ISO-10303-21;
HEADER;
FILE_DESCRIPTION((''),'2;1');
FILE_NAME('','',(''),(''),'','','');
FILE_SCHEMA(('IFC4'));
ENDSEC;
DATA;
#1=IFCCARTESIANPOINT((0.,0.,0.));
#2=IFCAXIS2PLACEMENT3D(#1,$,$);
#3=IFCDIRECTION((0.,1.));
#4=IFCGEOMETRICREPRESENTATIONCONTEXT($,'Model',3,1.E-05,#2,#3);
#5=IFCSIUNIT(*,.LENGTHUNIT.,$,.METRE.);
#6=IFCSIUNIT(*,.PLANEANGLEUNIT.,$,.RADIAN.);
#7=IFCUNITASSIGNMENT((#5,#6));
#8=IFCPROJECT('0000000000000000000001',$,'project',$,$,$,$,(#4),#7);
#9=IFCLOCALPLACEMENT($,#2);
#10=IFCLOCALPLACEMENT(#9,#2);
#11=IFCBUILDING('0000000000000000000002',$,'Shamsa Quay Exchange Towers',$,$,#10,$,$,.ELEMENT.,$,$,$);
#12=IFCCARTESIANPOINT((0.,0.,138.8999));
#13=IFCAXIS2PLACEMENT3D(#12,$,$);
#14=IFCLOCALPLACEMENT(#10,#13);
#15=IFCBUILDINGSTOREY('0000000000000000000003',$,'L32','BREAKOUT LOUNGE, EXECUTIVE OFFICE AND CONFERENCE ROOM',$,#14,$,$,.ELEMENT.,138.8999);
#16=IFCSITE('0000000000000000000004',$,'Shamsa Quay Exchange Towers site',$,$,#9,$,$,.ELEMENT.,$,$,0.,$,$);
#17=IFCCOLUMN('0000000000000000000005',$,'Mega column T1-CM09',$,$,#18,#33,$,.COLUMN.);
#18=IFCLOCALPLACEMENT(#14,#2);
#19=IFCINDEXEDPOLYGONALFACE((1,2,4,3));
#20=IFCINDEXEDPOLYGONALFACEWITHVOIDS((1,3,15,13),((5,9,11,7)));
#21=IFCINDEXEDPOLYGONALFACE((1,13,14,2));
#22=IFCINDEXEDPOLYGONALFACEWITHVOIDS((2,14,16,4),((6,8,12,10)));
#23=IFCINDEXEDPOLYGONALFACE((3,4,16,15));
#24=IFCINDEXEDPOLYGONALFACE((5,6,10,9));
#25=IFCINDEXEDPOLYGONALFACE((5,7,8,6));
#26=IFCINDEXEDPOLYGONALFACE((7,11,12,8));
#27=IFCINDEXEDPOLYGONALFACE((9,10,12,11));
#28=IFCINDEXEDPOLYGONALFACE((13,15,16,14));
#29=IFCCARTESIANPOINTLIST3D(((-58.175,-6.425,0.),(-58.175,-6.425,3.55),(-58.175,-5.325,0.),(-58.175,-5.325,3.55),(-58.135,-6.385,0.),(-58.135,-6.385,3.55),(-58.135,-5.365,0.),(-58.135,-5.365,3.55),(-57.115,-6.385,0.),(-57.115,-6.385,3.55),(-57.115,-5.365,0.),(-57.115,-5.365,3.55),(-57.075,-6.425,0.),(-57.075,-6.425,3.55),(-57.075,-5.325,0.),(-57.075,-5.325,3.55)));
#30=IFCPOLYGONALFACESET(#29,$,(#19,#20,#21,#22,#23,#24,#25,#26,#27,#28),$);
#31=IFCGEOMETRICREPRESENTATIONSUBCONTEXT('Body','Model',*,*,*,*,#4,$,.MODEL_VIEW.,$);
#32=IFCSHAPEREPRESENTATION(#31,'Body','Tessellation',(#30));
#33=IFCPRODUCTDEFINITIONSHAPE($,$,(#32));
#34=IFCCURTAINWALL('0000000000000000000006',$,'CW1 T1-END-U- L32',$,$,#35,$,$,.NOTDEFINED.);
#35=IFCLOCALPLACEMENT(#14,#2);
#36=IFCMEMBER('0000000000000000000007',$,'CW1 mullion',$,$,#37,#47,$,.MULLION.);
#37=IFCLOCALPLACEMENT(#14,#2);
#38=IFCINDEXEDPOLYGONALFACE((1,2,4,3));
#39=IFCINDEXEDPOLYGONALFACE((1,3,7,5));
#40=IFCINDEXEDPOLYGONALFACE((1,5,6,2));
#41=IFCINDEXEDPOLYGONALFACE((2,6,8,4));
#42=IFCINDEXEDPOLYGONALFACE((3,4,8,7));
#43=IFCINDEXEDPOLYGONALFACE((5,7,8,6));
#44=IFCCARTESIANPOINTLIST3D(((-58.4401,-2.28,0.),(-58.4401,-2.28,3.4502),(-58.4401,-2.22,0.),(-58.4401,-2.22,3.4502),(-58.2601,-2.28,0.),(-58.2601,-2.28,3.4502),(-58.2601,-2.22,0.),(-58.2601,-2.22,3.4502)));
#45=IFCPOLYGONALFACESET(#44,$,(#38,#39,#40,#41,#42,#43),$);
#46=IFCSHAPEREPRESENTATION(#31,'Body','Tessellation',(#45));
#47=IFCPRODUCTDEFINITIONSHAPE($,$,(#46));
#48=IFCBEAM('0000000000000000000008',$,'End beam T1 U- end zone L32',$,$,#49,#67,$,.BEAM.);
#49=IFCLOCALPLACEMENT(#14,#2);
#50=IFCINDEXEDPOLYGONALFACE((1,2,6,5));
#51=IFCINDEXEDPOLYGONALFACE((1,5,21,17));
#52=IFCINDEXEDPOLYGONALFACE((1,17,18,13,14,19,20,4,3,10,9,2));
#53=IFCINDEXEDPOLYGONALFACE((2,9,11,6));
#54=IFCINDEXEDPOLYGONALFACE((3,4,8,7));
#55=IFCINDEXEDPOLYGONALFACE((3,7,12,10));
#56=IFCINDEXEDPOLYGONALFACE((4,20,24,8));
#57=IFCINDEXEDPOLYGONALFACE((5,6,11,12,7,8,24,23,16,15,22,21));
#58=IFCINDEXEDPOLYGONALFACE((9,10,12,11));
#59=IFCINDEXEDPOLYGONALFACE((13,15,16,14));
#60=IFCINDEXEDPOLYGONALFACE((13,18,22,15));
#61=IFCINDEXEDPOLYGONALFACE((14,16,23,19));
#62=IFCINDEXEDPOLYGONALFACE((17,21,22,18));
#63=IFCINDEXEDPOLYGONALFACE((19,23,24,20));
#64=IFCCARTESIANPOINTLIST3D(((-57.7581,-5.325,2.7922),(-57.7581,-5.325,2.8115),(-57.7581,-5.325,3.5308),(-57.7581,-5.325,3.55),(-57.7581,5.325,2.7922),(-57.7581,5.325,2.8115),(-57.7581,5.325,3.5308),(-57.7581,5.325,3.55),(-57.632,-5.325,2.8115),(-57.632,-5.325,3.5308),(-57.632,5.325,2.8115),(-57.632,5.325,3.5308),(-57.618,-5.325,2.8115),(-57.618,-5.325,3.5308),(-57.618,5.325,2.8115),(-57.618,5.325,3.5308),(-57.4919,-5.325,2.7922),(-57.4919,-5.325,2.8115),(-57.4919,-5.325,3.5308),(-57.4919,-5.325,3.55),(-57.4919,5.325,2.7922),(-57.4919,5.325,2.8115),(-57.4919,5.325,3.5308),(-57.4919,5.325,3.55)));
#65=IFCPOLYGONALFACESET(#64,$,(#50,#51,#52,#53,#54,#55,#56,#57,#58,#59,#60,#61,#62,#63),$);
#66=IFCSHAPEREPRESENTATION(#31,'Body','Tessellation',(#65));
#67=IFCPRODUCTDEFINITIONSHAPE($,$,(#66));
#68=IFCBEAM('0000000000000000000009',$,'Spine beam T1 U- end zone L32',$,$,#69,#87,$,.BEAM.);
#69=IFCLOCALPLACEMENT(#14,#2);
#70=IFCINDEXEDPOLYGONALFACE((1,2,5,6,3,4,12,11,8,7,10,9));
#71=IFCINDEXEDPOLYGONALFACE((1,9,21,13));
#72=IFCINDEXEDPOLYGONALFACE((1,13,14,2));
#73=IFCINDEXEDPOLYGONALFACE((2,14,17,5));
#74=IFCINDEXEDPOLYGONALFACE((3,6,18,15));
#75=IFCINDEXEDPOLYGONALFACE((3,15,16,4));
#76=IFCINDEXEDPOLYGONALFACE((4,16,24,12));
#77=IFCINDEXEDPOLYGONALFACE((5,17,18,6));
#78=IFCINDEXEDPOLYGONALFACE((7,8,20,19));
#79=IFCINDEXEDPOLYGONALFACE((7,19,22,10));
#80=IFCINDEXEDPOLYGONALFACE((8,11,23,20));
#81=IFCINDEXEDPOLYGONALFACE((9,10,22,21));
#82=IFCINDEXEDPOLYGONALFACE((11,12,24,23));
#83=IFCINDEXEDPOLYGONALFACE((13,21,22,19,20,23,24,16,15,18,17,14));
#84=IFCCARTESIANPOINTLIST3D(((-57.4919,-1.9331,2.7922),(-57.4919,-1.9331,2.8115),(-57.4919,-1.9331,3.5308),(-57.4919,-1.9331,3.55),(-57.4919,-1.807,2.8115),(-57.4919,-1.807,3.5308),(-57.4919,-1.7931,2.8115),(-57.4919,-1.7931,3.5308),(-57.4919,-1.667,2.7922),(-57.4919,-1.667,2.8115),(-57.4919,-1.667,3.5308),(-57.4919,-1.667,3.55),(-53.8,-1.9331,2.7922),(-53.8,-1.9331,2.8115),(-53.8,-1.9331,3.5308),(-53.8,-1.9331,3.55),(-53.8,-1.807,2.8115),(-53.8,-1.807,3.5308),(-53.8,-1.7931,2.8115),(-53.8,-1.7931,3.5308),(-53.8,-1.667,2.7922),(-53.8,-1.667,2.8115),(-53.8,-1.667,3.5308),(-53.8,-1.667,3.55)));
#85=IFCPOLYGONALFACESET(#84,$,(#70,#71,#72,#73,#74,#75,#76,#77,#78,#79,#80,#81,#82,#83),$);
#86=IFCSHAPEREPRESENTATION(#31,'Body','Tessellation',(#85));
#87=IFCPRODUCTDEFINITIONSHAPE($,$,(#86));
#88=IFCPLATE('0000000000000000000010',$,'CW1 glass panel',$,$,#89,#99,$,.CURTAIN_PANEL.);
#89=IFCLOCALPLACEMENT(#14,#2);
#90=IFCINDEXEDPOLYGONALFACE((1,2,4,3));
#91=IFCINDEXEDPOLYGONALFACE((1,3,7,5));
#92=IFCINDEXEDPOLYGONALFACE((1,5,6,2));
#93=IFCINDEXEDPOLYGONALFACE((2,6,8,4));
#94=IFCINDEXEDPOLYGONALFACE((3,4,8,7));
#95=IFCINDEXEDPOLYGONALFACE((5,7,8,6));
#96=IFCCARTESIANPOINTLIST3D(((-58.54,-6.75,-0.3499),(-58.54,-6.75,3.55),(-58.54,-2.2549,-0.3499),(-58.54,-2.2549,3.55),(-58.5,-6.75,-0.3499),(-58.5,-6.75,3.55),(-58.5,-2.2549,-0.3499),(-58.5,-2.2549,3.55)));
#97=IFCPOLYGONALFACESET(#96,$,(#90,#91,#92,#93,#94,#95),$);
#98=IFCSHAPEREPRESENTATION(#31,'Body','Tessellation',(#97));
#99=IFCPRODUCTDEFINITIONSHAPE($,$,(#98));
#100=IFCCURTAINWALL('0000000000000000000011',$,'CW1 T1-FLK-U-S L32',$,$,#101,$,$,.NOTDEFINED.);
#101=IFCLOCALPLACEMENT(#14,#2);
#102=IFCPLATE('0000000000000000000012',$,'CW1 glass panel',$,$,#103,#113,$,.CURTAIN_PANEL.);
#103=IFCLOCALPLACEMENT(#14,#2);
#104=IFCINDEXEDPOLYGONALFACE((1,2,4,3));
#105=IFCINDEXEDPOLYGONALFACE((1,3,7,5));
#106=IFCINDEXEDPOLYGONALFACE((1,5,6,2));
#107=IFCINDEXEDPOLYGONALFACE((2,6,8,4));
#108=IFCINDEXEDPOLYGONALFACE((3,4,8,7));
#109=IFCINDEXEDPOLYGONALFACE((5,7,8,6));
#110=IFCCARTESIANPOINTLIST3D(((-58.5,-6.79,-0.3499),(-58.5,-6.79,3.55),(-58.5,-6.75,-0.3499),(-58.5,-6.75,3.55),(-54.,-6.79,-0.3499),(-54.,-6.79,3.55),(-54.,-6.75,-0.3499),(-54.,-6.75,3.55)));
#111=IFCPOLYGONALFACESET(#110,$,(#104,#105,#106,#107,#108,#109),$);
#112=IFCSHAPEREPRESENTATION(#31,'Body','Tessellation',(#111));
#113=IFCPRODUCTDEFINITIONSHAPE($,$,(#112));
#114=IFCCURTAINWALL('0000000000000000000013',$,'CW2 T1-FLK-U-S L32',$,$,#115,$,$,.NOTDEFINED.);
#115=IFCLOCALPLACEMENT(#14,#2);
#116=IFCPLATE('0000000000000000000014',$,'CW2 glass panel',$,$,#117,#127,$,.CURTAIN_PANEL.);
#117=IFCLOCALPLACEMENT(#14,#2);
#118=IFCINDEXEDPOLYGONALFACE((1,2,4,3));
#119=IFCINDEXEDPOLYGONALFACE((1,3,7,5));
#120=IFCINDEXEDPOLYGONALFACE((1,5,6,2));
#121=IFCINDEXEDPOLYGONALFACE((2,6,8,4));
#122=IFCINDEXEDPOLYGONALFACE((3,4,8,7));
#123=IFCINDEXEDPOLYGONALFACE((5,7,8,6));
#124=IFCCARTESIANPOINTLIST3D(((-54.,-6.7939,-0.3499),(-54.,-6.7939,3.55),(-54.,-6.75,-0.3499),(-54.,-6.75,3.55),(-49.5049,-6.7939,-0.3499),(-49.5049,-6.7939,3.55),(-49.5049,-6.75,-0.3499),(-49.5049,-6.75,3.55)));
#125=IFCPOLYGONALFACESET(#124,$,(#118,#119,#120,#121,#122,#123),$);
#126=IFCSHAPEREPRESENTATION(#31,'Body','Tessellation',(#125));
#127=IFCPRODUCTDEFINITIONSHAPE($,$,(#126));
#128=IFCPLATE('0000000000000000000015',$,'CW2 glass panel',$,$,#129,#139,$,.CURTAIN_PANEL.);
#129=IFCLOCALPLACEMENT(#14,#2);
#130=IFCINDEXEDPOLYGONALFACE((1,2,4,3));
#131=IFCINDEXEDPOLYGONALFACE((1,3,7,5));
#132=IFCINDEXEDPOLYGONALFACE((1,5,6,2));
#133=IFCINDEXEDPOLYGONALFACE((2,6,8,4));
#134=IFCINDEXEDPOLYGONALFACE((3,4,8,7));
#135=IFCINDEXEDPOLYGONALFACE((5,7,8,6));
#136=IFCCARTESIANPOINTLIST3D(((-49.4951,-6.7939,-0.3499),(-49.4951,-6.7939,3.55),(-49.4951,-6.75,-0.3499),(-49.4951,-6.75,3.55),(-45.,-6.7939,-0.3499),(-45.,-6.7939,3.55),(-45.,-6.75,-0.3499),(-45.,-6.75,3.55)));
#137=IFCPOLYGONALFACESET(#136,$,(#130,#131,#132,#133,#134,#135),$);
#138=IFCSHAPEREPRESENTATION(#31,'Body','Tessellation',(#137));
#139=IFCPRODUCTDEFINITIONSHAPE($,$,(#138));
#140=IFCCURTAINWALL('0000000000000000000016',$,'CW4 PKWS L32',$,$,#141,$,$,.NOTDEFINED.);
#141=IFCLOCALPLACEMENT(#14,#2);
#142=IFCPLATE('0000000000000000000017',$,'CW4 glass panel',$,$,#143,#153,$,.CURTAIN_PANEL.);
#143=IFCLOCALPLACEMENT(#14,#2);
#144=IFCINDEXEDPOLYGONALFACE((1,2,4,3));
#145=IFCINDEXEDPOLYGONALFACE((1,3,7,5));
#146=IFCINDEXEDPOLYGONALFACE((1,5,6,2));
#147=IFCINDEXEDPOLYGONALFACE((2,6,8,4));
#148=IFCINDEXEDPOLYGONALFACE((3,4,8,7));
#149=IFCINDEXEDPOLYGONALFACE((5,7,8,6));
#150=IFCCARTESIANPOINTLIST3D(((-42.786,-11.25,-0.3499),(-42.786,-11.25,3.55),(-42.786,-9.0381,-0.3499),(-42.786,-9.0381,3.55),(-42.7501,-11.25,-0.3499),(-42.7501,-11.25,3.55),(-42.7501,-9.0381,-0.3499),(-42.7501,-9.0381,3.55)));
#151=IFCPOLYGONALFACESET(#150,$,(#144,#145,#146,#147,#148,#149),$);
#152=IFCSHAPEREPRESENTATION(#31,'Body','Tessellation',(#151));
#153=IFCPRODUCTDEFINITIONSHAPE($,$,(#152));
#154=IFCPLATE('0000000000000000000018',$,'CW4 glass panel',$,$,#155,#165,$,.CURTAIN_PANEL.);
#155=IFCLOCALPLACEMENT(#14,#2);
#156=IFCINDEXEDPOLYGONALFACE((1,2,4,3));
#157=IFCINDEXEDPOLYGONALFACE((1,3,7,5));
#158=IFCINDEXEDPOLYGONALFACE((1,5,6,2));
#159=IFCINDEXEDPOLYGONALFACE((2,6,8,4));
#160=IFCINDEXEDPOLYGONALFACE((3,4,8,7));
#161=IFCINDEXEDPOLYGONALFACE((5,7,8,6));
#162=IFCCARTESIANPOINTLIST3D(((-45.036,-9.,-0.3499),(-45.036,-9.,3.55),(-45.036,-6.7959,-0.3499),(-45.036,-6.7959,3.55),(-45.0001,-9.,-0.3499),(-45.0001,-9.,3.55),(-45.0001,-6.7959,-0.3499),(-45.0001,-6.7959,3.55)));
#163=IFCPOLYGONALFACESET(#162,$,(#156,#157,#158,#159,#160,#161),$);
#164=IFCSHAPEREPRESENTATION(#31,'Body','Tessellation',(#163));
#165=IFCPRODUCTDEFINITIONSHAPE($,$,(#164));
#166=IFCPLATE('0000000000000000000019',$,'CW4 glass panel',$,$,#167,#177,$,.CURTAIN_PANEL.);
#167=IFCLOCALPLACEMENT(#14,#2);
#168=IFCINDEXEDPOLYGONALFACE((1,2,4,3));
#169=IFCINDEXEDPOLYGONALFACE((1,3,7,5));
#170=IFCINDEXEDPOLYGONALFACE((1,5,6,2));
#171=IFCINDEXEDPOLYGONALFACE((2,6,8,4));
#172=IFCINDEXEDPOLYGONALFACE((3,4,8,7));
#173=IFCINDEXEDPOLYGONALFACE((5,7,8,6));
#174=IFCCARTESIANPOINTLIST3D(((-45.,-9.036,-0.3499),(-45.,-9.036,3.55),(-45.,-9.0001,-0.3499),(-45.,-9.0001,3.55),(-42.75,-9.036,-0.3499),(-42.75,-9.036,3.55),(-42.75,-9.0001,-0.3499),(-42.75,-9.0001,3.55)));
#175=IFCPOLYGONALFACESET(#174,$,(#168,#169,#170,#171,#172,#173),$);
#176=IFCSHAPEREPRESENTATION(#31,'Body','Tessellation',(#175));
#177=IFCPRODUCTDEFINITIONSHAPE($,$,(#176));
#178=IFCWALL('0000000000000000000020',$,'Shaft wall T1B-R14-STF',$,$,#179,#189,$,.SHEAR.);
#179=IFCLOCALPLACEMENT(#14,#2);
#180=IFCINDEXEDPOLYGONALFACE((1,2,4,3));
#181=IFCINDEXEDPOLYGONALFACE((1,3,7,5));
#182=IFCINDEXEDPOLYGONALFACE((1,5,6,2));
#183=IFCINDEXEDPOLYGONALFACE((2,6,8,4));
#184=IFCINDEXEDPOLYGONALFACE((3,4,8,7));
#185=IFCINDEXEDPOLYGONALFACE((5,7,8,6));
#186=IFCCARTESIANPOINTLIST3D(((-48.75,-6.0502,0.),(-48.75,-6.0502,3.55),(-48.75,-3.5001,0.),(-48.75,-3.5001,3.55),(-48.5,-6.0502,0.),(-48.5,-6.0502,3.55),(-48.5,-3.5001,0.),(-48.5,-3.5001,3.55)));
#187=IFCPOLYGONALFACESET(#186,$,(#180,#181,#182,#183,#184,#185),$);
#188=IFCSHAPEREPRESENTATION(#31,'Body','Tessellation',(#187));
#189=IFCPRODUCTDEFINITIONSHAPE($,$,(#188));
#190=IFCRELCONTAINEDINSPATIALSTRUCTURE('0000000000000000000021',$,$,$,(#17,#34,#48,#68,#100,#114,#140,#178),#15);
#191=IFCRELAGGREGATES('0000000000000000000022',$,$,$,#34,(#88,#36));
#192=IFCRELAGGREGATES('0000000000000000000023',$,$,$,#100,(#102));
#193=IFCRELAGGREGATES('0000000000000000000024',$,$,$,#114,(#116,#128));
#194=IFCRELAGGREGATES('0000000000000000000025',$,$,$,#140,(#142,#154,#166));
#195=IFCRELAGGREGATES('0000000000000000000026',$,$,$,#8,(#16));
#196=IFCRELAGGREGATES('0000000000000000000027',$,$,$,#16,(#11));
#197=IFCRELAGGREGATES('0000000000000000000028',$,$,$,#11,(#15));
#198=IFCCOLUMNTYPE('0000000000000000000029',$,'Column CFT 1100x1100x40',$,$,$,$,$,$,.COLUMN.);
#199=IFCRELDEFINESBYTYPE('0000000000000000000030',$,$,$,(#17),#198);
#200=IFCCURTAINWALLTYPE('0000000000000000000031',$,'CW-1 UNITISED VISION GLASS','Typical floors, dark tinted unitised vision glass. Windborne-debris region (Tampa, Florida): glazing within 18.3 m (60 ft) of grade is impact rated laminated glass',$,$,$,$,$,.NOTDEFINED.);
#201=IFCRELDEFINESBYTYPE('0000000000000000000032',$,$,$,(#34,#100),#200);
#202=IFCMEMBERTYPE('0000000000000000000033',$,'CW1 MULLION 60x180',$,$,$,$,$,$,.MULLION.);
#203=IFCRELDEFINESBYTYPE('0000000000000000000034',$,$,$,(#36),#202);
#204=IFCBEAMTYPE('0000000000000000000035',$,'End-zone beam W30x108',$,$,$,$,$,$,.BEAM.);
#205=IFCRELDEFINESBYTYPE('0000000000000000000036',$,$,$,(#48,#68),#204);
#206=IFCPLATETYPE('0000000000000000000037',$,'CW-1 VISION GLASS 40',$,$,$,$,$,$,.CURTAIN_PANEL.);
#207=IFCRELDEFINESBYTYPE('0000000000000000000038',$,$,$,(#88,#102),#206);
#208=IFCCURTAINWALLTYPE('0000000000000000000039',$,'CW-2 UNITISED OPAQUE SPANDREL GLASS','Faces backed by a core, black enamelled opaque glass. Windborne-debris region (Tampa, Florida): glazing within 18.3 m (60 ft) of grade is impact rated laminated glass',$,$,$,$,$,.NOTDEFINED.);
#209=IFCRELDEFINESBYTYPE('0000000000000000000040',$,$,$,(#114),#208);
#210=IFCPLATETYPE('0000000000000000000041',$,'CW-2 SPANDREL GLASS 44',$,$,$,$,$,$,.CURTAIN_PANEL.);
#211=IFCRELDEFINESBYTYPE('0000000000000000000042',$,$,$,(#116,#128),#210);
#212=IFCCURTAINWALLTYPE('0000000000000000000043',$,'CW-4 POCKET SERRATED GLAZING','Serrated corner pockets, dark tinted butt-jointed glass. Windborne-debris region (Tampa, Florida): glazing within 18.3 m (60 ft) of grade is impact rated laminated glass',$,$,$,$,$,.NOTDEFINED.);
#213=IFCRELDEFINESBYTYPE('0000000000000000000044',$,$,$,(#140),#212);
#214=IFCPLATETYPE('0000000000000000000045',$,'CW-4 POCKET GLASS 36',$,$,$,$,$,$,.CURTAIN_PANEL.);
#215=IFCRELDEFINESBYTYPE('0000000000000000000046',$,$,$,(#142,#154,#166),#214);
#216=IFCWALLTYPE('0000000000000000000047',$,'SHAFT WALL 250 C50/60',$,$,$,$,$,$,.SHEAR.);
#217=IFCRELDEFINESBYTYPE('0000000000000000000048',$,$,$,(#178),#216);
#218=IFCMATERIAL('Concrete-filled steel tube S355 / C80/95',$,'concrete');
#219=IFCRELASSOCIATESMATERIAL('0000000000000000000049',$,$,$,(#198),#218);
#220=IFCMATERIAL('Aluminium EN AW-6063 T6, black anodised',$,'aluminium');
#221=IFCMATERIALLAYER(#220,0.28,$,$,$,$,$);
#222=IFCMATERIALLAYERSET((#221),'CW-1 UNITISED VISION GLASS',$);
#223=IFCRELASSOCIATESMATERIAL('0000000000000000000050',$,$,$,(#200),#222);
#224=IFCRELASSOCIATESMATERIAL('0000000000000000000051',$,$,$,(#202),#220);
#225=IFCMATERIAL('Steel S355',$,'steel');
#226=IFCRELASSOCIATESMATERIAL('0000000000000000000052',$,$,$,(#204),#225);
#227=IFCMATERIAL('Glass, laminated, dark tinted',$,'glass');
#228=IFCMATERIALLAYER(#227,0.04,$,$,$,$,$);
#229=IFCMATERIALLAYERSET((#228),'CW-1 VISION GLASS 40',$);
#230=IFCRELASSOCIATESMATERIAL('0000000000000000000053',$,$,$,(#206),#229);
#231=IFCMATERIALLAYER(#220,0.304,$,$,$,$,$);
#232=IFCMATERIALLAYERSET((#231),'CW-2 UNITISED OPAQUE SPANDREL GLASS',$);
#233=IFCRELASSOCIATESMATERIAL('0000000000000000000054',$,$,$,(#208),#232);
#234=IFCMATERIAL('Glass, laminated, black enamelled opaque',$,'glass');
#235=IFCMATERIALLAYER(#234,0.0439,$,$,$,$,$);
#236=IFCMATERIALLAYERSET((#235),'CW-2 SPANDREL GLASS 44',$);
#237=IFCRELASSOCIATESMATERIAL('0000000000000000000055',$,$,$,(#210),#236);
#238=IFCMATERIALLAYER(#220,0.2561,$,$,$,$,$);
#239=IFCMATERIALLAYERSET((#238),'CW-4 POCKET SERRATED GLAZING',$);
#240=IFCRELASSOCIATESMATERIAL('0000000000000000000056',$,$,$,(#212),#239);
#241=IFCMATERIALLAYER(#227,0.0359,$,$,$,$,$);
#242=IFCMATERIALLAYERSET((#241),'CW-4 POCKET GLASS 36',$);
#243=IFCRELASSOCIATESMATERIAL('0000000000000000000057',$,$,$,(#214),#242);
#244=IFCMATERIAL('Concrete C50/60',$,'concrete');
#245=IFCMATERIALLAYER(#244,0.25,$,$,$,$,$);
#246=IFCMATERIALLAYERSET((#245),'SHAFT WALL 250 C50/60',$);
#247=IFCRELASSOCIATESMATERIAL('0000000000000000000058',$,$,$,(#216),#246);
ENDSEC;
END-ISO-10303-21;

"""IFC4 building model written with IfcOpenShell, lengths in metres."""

from ifc_helpers import new_model, si_unit, direction, frame, frame_2d, origin, origin_2d, place, context, subcontext, project, spatial, rectangle, hollow_rectangle, i_section, extrude, material, layer, layer_set, material_profile, profile_set, type_object, element, aggregate, save


model = new_model("IFC4")

# Units and contexts
model_context = context("Model", 3, precision=1e-05, world=origin(), true_north=direction((0.0, 1.0)))
body_context = subcontext(model_context, "Body", "Model", "MODEL_VIEW")
ifc_project = project(units=[si_unit("LENGTHUNIT", "METRE"), si_unit("PLANEANGLEUNIT", "RADIAN")], contexts=[model_context])

# Site, building, storey
site_placement = place(None, origin())
site = spatial("IfcSite", under=ifc_project, at=site_placement, Name="Shamsa Quay Exchange Towers site", CompositionType="ELEMENT", RefElevation=0.0)
building_placement = place(site_placement, origin())
building = spatial("IfcBuilding", under=site, at=building_placement, Name="Shamsa Quay Exchange Towers", CompositionType="ELEMENT")
storey_placement = place(building_placement, frame((0.0, 0.0, 138.8999)))
storey = spatial("IfcBuildingStorey", under=building, at=storey_placement, Name="L32", Description="BREAKOUT LOUNGE, EXECUTIVE OFFICE AND CONFERENCE ROOM", CompositionType="ELEMENT", Elevation=138.8999)

# Column
ifc_material_1 = material(Name="Concrete-filled steel tube S355 / C80/95", Category="concrete")
ifc_material_profile_1 = material_profile(ifc_material_1, hollow_rectangle(XDim=1.1001, YDim=1.1001, WallThickness=0.04, at=origin_2d()), Name="CFT 1100x1100x40")
ifc_profile_set_1 = profile_set([ifc_material_profile_1], Name="Concrete-filled steel tube S355 / C80/95")
column_type = type_object("IfcColumnType", Name="Column CFT 1100x1100x40", PredefinedType="COLUMN", material=ifc_profile_set_1)
column_placement = place(storey_placement, frame((-57.625, -5.875, 0.0)))
element("IfcColumn", 1, at=column_placement, inside=storey, type_object=column_type, Name="Mega column T1-CM09", PredefinedType="COLUMN", context=body_context, shape_type="SweptSolid", body=[
    extrude(hollow_rectangle(XDim=1.1001, YDim=1.1001, WallThickness=0.04, at=origin_2d()), origin(), (0.0, 0.0, 1.0), 3.55),
])

# Curtain wall, member
ifc_material_2 = material(Name="Aluminium EN AW-6063 T6, black anodised", Category="aluminium")
ifc_layer_1 = layer(ifc_material_2, 0.28)
ifc_layer_set_1 = layer_set([ifc_layer_1], Name="CW-1 UNITISED VISION GLASS")
curtain_wall_type_1 = type_object("IfcCurtainWallType", Name="CW-1 UNITISED VISION GLASS", Description="Typical floors, dark tinted unitised vision glass. Windborne-debris region (Tampa, Florida): glazing within 18.3 m (60 ft) of grade is impact rated laminated glass", PredefinedType="NOTDEFINED", material=ifc_layer_set_1)
curtain_wall_1_placement = place(storey_placement, origin())
curtain_wall_1 = element("IfcCurtainWall", 2, at=curtain_wall_1_placement, inside=storey, type_object=curtain_wall_type_1, Name="CW1 T1-END-U- L32", PredefinedType="NOTDEFINED")
ifc_material_profile_2 = material_profile(ifc_material_2, rectangle(XDim=0.1799, YDim=0.0601, at=origin_2d()), Name="MU60x180")
ifc_profile_set_2 = profile_set([ifc_material_profile_2], Name="Aluminium EN AW-6063 T6, black anodised")
member_type = type_object("IfcMemberType", Name="CW1 MULLION 60x180", PredefinedType="MULLION", material=ifc_profile_set_2)
member_placement = place(storey_placement, frame((-58.3501, -2.25, 0.0)))
member = element("IfcMember", 3, at=member_placement, type_object=member_type, Name="CW1 mullion", PredefinedType="MULLION", context=body_context, shape_type="SweptSolid", body=[
    extrude(rectangle(XDim=0.1799, YDim=0.0601, at=origin_2d()), origin(), (0.0, 0.0, 1.0), 3.4502),
])

# Beams
ifc_material_3 = material(Name="Steel S355", Category="steel")
ifc_material_profile_3 = material_profile(ifc_material_3, i_section(OverallWidth=0.2661, OverallDepth=0.7578, WebThickness=0.0139, FlangeThickness=0.0193, at=origin_2d()), Name="W30x108")
ifc_profile_set_3 = profile_set([ifc_material_profile_3], Name="Steel S355")
beam_type = type_object("IfcBeamType", Name="End-zone beam W30x108", PredefinedType="BEAM", material=ifc_profile_set_3)
beam_1_placement = place(storey_placement, frame((-57.625, -5.325, 3.1711), z_axis=(0.0, 1.0, 0.0), x_axis=(-1.0, 0.0, 0.0)))
element("IfcBeam", 4, at=beam_1_placement, inside=storey, type_object=beam_type, Name="End beam T1 U- end zone L32", PredefinedType="BEAM", context=body_context, shape_type="SweptSolid", body=[
    extrude(i_section(OverallWidth=0.2661, OverallDepth=0.7578, WebThickness=0.0139, FlangeThickness=0.0193, at=origin_2d()), origin(), (0.0, 0.0, 1.0), 10.6499),
])
beam_2_placement = place(storey_placement, frame((-53.8, -1.8, 3.1711), z_axis=(-1.0, 0.0, 0.0), x_axis=(0.0, -1.0, 0.0)))
element("IfcBeam", 5, at=beam_2_placement, inside=storey, type_object=beam_type, Name="Spine beam T1 U- end zone L32", PredefinedType="BEAM", context=body_context, shape_type="SweptSolid", body=[
    extrude(i_section(OverallWidth=0.2661, OverallDepth=0.7578, WebThickness=0.0139, FlangeThickness=0.0193, at=origin_2d()), origin(), (0.0, 0.0, 1.0), 3.6919),
])

# Plate
ifc_material_4 = material(Name="Glass, laminated, dark tinted", Category="glass")
ifc_layer_2 = layer(ifc_material_4, 0.04)
ifc_layer_set_2 = layer_set([ifc_layer_2], Name="CW-1 VISION GLASS 40")
plate_type_1 = type_object("IfcPlateType", Name="CW-1 VISION GLASS 40", PredefinedType="CURTAIN_PANEL", material=ifc_layer_set_2)
plate_1_placement = place(storey_placement, frame((-58.52, -4.5024, -0.3499), z_axis=(0.0, 0.0, 1.0), x_axis=(0.0, -1.0, 0.0)))
plate_1 = element("IfcPlate", 6, at=plate_1_placement, type_object=plate_type_1, Name="CW1 glass panel", PredefinedType="CURTAIN_PANEL", context=body_context, shape_type="SweptSolid", body=[
    extrude(rectangle(XDim=4.4951, YDim=0.04, at=origin_2d()), origin(), (0.0, 0.0, 1.0), 3.8999),
])
aggregate(curtain_wall_1, [plate_1, member])

# Curtain wall, plate
curtain_wall_2_placement = place(storey_placement, origin())
curtain_wall_2 = element("IfcCurtainWall", 7, at=curtain_wall_2_placement, inside=storey, type_object=curtain_wall_type_1, Name="CW1 T1-FLK-U-S L32", PredefinedType="NOTDEFINED")
plate_2_placement = place(storey_placement, frame((-56.25, -6.77, -0.3499)))
plate_2 = element("IfcPlate", 8, at=plate_2_placement, type_object=plate_type_1, Name="CW1 glass panel", PredefinedType="CURTAIN_PANEL", context=body_context, shape_type="SweptSolid", body=[
    extrude(rectangle(XDim=4.5, YDim=0.04, at=origin_2d()), origin(), (0.0, 0.0, 1.0), 3.8999),
])
aggregate(curtain_wall_2, [plate_2])

# Curtain walls, plates
ifc_layer_3 = layer(ifc_material_2, 0.304)
ifc_layer_set_3 = layer_set([ifc_layer_3], Name="CW-2 UNITISED OPAQUE SPANDREL GLASS")
curtain_wall_type_2 = type_object("IfcCurtainWallType", Name="CW-2 UNITISED OPAQUE SPANDREL GLASS", Description="Faces backed by a core, black enamelled opaque glass. Windborne-debris region (Tampa, Florida): glazing within 18.3 m (60 ft) of grade is impact rated laminated glass", PredefinedType="NOTDEFINED", material=ifc_layer_set_3)
curtain_wall_3_placement = place(storey_placement, origin())
curtain_wall_3 = element("IfcCurtainWall", 9, at=curtain_wall_3_placement, inside=storey, type_object=curtain_wall_type_2, Name="CW2 T1-FLK-U-S L32", PredefinedType="NOTDEFINED")
ifc_material_5 = material(Name="Glass, laminated, black enamelled opaque", Category="glass")
ifc_layer_4 = layer(ifc_material_5, 0.0439)
ifc_layer_set_4 = layer_set([ifc_layer_4], Name="CW-2 SPANDREL GLASS 44")
plate_type_2 = type_object("IfcPlateType", Name="CW-2 SPANDREL GLASS 44", PredefinedType="CURTAIN_PANEL", material=ifc_layer_set_4)
plate_3_placement = place(storey_placement, frame((-51.7524, -6.772, -0.3499)))
plate_3 = element("IfcPlate", 10, at=plate_3_placement, type_object=plate_type_2, Name="CW2 glass panel", PredefinedType="CURTAIN_PANEL", context=body_context, shape_type="SweptSolid", body=[
    extrude(rectangle(XDim=4.4951, YDim=0.0439, at=origin_2d()), origin(), (0.0, 0.0, 1.0), 3.8999),
])
plate_4_placement = place(storey_placement, frame((-47.2476, -6.772, -0.3499)))
plate_4 = element("IfcPlate", 11, at=plate_4_placement, type_object=plate_type_2, Name="CW2 glass panel", PredefinedType="CURTAIN_PANEL", context=body_context, shape_type="SweptSolid", body=[
    extrude(rectangle(XDim=4.4951, YDim=0.0439, at=origin_2d()), origin(), (0.0, 0.0, 1.0), 3.8999),
])
aggregate(curtain_wall_3, [plate_3, plate_4])
ifc_layer_5 = layer(ifc_material_2, 0.2561)
ifc_layer_set_5 = layer_set([ifc_layer_5], Name="CW-4 POCKET SERRATED GLAZING")
curtain_wall_type_3 = type_object("IfcCurtainWallType", Name="CW-4 POCKET SERRATED GLAZING", Description="Serrated corner pockets, dark tinted butt-jointed glass. Windborne-debris region (Tampa, Florida): glazing within 18.3 m (60 ft) of grade is impact rated laminated glass", PredefinedType="NOTDEFINED", material=ifc_layer_set_5)
curtain_wall_4_placement = place(storey_placement, origin())
curtain_wall_4 = element("IfcCurtainWall", 12, at=curtain_wall_4_placement, inside=storey, type_object=curtain_wall_type_3, Name="CW4 PKWS L32", PredefinedType="NOTDEFINED")
ifc_layer_6 = layer(ifc_material_4, 0.0359)
ifc_layer_set_6 = layer_set([ifc_layer_6], Name="CW-4 POCKET GLASS 36")
plate_type_3 = type_object("IfcPlateType", Name="CW-4 POCKET GLASS 36", PredefinedType="CURTAIN_PANEL", material=ifc_layer_set_6)
plate_5_placement = place(storey_placement, frame((-42.7681, -10.144, -0.3499), z_axis=(0.0, 0.0, 1.0), x_axis=(0.0, -1.0, 0.0)))
plate_5 = element("IfcPlate", 13, at=plate_5_placement, type_object=plate_type_3, Name="CW4 glass panel", PredefinedType="CURTAIN_PANEL", context=body_context, shape_type="SweptSolid", body=[
    extrude(rectangle(XDim=2.2119, YDim=0.0359, at=origin_2d()), origin(), (0.0, 0.0, 1.0), 3.8999),
])
plate_6_placement = place(storey_placement, frame((-45.0181, -7.8979, -0.3499), z_axis=(0.0, 0.0, 1.0), x_axis=(0.0, -1.0, 0.0)))
plate_6 = element("IfcPlate", 14, at=plate_6_placement, type_object=plate_type_3, Name="CW4 glass panel", PredefinedType="CURTAIN_PANEL", context=body_context, shape_type="SweptSolid", body=[
    extrude(rectangle(XDim=2.2041, YDim=0.0359, at=origin_2d()), origin(), (0.0, 0.0, 1.0), 3.8999),
])
plate_7_placement = place(storey_placement, frame((-43.875, -9.0181, -0.3499)))
plate_7 = element("IfcPlate", 15, at=plate_7_placement, type_object=plate_type_3, Name="CW4 glass panel", PredefinedType="CURTAIN_PANEL", context=body_context, shape_type="SweptSolid", body=[
    extrude(rectangle(XDim=2.25, YDim=0.0359, at=origin_2d()), origin(), (0.0, 0.0, 1.0), 3.8999),
])
aggregate(curtain_wall_4, [plate_5, plate_6, plate_7])

# Wall
ifc_material_6 = material(Name="Concrete C50/60", Category="concrete")
ifc_layer_7 = layer(ifc_material_6, 0.25)
ifc_layer_set_7 = layer_set([ifc_layer_7], Name="SHAFT WALL 250 C50/60")
wall_type_1 = type_object("IfcWallType", Name="SHAFT WALL 250 C50/60", PredefinedType="SHEAR", material=ifc_layer_set_7)
wall_1_placement = place(storey_placement, frame((-48.625, -6.05, 0.0), z_axis=(0.0, 0.0, 1.0), x_axis=(0.0, 1.0, 0.0)))
element("IfcWall", 16, at=wall_1_placement, inside=storey, type_object=wall_type_1, Name="Shaft wall T1B-R14-STF", PredefinedType="SHEAR", context=body_context, shape_type="SweptSolid", body=[
    extrude(rectangle(XDim=2.55, YDim=0.25, at=frame_2d((1.2749, 0.0))), origin(), (0.0, 0.0, 1.0), 3.55),
])

save(model, "model.ifc")
